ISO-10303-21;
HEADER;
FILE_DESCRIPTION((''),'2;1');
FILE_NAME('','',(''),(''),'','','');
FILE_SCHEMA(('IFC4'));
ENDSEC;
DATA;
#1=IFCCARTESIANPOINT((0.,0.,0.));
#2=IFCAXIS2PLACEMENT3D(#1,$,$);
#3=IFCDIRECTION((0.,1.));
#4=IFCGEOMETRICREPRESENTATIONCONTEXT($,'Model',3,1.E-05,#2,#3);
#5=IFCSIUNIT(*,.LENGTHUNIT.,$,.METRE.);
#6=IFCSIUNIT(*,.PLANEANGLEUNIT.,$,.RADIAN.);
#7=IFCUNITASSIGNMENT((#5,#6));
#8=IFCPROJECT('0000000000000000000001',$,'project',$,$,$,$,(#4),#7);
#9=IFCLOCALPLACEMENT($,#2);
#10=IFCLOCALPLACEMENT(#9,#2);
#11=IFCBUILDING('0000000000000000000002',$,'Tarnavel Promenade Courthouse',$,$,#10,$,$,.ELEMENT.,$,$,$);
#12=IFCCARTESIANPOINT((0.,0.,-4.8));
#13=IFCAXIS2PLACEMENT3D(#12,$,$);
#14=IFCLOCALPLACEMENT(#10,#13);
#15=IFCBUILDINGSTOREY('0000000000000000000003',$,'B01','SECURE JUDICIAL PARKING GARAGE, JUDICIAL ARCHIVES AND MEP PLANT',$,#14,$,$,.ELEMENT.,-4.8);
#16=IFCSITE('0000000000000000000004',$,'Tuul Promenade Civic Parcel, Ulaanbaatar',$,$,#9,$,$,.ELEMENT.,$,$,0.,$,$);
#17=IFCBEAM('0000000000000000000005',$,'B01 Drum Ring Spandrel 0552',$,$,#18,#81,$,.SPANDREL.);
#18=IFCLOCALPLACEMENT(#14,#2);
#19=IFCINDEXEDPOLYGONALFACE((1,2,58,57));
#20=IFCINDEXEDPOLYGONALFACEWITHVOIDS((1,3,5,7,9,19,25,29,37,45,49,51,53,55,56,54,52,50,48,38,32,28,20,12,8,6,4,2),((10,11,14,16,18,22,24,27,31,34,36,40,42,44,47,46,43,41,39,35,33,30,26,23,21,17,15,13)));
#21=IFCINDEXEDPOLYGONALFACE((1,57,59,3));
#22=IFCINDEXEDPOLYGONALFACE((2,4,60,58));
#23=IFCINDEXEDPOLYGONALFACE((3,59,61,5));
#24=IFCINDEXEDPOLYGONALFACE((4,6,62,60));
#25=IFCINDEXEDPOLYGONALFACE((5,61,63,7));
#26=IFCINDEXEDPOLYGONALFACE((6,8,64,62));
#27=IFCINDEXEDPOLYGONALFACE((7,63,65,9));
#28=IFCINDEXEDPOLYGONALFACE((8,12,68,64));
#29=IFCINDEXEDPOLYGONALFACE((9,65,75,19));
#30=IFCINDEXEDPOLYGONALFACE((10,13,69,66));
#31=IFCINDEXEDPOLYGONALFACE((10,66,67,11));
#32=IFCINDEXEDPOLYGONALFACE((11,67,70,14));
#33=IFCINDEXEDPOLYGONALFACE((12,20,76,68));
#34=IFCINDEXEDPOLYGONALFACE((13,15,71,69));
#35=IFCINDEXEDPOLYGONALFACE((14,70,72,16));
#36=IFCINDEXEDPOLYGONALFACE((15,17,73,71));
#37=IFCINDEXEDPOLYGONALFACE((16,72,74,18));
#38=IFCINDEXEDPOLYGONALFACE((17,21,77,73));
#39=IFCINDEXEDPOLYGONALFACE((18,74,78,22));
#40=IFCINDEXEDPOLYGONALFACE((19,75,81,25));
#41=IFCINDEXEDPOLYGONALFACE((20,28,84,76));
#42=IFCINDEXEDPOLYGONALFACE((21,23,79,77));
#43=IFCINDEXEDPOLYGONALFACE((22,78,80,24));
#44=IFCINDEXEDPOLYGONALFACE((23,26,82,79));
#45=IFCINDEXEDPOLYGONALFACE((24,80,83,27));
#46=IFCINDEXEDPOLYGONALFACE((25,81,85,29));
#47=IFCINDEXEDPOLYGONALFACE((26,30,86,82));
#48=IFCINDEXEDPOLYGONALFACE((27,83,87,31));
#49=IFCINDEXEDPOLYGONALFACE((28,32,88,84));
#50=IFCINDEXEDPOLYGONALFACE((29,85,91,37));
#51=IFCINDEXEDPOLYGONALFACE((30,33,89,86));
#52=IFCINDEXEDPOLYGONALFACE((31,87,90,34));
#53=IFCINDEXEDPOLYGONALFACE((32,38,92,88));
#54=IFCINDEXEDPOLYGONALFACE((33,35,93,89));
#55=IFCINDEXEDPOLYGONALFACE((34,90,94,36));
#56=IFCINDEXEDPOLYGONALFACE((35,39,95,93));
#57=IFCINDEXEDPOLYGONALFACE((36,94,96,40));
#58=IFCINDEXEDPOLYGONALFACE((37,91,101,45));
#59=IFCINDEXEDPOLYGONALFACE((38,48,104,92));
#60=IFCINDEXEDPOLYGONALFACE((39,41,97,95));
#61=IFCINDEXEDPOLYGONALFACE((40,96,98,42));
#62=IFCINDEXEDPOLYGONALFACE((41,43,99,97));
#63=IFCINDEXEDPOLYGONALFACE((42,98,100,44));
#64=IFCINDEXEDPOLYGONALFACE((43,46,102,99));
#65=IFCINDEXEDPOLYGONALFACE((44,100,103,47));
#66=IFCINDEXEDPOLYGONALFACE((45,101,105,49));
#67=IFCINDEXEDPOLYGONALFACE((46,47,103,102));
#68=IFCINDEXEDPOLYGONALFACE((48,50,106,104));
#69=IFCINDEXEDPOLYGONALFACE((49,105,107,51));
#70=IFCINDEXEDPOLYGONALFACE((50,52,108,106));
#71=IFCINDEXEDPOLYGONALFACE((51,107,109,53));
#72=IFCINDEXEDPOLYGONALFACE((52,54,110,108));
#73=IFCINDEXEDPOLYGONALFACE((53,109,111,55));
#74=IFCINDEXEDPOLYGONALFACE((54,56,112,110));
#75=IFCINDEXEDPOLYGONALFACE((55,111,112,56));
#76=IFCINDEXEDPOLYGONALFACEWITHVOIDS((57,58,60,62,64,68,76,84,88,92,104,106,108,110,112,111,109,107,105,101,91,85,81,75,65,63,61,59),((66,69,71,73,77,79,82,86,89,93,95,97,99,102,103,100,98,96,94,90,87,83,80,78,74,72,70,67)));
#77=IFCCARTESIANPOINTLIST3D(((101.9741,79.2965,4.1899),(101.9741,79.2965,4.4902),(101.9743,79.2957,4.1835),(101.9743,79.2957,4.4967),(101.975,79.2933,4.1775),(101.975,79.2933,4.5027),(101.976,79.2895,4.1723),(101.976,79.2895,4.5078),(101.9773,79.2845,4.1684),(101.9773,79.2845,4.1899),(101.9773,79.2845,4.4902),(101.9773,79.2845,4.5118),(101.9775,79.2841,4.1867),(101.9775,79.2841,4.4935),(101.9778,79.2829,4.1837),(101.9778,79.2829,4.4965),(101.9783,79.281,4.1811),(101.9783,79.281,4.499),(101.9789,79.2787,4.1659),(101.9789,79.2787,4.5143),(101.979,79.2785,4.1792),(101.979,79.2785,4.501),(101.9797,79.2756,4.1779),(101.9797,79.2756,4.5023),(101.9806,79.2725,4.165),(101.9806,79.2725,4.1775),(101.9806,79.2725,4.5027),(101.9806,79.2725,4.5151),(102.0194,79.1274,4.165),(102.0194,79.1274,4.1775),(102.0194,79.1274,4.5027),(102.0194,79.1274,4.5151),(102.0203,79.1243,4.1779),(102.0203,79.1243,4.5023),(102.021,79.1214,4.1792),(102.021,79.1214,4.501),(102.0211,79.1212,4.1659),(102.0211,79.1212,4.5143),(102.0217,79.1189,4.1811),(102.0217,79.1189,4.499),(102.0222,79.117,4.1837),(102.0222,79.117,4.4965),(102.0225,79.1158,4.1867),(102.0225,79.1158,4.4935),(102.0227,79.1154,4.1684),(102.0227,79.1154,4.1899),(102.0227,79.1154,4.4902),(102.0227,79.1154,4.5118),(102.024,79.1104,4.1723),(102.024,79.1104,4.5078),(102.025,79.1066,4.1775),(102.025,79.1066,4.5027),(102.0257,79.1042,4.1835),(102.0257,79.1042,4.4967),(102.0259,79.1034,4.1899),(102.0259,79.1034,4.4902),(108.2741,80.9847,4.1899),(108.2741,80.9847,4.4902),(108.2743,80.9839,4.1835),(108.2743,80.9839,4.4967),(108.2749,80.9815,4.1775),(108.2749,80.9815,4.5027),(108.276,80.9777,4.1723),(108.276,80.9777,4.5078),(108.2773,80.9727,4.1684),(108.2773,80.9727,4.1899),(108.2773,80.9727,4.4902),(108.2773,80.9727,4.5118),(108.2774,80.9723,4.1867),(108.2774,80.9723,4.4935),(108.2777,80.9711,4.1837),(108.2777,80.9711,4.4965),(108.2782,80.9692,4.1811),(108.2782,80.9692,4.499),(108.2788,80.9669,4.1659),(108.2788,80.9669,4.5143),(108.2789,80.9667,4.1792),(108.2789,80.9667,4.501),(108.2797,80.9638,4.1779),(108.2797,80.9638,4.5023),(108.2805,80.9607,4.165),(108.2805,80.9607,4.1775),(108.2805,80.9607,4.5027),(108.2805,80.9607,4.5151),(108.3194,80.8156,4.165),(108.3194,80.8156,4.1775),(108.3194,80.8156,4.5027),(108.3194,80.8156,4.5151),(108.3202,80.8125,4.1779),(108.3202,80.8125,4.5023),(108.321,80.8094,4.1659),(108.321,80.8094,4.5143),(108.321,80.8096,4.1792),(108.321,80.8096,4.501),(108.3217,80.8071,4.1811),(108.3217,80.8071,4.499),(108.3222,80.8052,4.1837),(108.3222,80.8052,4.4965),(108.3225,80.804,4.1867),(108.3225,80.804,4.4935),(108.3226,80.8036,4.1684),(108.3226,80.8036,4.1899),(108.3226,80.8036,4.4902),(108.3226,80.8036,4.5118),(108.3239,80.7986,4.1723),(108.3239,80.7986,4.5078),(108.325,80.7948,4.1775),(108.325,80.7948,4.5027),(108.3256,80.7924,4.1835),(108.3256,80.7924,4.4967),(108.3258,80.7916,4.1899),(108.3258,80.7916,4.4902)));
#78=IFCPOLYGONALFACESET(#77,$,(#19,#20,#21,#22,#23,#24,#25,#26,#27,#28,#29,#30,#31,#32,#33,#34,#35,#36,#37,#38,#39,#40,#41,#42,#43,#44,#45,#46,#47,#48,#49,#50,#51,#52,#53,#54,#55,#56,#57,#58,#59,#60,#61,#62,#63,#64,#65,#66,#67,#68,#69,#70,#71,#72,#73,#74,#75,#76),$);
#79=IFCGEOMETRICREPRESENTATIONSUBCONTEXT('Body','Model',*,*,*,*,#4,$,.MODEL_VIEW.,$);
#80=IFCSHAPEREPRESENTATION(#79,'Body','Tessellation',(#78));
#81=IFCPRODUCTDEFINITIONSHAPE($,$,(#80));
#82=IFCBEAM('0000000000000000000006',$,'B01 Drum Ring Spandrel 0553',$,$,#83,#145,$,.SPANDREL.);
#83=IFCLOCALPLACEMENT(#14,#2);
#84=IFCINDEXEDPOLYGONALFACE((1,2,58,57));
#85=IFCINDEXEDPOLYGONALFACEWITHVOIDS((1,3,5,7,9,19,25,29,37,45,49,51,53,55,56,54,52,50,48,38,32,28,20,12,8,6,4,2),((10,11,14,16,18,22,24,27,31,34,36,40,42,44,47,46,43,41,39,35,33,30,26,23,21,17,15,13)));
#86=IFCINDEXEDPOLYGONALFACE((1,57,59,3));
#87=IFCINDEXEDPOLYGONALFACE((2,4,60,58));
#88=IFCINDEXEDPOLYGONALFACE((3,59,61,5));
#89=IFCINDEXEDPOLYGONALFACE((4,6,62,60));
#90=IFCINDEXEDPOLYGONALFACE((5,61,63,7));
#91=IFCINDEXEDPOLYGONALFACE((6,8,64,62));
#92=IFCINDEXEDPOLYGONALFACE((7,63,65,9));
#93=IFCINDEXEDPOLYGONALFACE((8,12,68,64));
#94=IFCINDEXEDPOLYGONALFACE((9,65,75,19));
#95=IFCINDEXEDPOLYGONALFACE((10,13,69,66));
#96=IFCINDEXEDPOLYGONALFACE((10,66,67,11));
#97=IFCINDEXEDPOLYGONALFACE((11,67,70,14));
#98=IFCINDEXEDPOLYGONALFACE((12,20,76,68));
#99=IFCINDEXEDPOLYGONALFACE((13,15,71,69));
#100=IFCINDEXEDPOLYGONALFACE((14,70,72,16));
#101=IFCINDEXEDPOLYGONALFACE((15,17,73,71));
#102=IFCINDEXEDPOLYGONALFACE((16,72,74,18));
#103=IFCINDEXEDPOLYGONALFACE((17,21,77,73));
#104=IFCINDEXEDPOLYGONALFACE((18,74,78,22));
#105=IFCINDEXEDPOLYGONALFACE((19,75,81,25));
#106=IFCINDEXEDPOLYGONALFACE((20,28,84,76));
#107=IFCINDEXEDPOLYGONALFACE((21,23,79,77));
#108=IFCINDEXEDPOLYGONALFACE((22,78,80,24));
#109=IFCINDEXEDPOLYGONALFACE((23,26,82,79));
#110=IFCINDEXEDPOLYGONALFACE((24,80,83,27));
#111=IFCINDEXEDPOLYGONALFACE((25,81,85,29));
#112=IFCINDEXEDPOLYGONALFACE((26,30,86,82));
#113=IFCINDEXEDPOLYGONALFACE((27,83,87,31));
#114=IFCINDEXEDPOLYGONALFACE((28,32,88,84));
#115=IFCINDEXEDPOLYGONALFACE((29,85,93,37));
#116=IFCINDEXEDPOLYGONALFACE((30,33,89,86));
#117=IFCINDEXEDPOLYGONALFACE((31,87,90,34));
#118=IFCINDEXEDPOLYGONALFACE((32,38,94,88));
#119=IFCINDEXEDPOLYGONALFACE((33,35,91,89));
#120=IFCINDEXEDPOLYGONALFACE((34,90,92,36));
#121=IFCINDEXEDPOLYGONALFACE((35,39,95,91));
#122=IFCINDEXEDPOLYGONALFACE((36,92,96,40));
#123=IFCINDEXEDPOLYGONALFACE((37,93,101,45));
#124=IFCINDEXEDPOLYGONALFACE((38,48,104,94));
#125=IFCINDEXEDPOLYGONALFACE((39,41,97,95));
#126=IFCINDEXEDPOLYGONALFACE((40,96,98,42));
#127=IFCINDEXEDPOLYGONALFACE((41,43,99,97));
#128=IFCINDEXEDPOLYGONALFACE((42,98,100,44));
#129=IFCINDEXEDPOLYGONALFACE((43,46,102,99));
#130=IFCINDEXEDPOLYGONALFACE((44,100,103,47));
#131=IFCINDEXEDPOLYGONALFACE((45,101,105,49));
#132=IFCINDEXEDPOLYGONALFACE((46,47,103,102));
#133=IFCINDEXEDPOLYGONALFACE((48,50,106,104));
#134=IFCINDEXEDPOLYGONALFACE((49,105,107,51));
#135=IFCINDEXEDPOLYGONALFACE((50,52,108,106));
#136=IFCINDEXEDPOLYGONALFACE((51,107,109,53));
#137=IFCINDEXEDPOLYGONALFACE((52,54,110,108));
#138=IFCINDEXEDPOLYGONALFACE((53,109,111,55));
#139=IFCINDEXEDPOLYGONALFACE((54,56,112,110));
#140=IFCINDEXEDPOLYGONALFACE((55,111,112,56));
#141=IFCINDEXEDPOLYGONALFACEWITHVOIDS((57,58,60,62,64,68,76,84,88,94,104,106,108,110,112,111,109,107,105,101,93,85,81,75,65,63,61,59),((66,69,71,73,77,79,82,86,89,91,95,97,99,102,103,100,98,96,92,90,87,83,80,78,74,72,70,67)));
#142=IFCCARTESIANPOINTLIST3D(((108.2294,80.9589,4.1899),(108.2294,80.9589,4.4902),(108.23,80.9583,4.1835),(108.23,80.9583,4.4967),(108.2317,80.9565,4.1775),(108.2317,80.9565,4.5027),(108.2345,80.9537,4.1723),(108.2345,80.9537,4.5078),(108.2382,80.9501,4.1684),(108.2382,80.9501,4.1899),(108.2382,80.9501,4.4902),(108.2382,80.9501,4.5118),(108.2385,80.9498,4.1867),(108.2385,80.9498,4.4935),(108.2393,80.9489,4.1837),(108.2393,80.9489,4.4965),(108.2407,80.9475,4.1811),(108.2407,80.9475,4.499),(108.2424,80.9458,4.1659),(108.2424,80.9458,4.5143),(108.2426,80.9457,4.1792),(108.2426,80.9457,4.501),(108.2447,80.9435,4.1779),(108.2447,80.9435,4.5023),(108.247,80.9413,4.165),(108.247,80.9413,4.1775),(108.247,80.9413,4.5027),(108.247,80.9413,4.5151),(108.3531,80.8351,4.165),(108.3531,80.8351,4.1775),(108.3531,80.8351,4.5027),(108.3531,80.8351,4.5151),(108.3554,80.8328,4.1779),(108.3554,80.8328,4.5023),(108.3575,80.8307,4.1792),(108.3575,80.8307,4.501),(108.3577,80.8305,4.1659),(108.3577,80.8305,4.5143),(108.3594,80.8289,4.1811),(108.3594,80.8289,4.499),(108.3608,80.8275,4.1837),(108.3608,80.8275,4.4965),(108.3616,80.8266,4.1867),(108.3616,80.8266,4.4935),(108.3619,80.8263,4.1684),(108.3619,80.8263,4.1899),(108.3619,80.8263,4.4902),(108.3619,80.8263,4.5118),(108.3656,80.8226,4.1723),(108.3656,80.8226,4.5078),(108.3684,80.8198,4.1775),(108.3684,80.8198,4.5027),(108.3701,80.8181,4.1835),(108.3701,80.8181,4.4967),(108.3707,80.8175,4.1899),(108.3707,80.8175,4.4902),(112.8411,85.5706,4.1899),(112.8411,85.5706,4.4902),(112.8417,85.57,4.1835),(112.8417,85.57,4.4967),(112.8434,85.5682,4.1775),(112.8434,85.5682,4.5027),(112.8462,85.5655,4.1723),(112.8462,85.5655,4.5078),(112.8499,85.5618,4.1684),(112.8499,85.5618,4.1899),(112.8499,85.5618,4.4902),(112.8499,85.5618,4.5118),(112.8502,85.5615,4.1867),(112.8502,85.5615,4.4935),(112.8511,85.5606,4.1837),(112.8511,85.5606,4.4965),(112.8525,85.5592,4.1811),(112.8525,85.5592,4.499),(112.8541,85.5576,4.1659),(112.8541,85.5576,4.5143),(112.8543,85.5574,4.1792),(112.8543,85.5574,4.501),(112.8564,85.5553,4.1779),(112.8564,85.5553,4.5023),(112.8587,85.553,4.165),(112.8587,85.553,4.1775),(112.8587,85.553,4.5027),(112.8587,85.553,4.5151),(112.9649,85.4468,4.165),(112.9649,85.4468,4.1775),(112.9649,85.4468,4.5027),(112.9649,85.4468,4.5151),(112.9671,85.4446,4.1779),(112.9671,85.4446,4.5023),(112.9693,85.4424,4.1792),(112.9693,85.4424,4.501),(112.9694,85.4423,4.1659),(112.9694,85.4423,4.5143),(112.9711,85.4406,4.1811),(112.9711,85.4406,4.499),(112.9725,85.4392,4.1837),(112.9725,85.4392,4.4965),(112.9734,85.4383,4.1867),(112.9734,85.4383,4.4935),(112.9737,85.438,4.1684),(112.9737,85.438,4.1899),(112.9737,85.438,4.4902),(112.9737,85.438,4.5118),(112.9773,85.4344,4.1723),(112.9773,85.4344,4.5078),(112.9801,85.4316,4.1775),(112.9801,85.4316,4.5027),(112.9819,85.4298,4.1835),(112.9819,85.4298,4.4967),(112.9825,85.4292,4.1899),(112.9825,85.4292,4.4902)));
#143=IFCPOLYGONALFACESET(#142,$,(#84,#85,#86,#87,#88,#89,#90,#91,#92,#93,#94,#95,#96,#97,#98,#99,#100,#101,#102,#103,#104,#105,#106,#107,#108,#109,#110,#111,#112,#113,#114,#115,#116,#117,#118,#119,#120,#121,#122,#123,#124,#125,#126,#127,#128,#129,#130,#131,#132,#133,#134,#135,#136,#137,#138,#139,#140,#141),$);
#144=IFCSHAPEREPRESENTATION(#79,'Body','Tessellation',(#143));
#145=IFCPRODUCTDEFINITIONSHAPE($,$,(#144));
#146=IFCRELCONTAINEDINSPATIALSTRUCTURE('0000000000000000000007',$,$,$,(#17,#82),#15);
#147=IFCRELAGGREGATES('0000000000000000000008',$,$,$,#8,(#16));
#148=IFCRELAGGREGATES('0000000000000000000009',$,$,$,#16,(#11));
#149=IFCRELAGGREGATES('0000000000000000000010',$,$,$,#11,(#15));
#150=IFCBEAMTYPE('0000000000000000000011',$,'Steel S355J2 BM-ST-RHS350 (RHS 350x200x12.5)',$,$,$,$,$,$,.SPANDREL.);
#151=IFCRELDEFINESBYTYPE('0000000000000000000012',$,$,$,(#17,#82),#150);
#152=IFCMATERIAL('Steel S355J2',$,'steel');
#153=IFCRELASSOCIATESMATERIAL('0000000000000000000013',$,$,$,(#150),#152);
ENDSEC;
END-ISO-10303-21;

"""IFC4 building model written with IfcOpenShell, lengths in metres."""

from ifc_helpers import new_model, si_unit, direction, frame, origin, origin_2d, place, context, subcontext, project, spatial, hollow_rectangle, extrude, material, material_profile, profile_set, type_object, element, save


model = new_model("IFC4")

# Units and contexts
model_context = context("Model", 3, precision=1e-05, world=origin(), true_north=direction((0.0, 1.0)))
body_context = subcontext(model_context, "Body", "Model", "MODEL_VIEW")
ifc_project = project(units=[si_unit("LENGTHUNIT", "METRE"), si_unit("PLANEANGLEUNIT", "RADIAN")], contexts=[model_context])

# Site, building, storey
site_placement = place(None, origin())
site = spatial("IfcSite", under=ifc_project, at=site_placement, Name="Tuul Promenade Civic Parcel, Ulaanbaatar", CompositionType="ELEMENT", RefElevation=0.0)
building_placement = place(site_placement, origin())
building = spatial("IfcBuilding", under=site, at=building_placement, Name="Tarnavel Promenade Courthouse", CompositionType="ELEMENT")
storey_placement = place(building_placement, frame((0.0, 0.0, -4.8)))
storey = spatial("IfcBuildingStorey", under=building, at=storey_placement, Name="B01", Description="SECURE JUDICIAL PARKING GARAGE, JUDICIAL ARCHIVES AND MEP PLANT", CompositionType="ELEMENT", Elevation=-4.8)

# Beams
ifc_material_1 = material(Name="Steel S355J2", Category="steel")
ifc_material_profile_1 = material_profile(ifc_material_1, hollow_rectangle(XDim=0.2, YDim=0.3501, WallThickness=0.0125, InnerFilletRadius=0.0125, OuterFilletRadius=0.0249, at=origin_2d()), Name="RHS 350x200x12.5")
ifc_profile_set_1 = profile_set([ifc_material_profile_1], Name="Steel S355J2")
beam_type_1 = type_object("IfcBeamType", Name="Steel S355J2 BM-ST-RHS350 (RHS 350x200x12.5)", PredefinedType="SPANDREL", material=ifc_profile_set_1)
beam_1_placement = place(storey_placement, frame((102.0, 79.2, 4.3401), z_axis=(0.96592, 0.258839, 0.0), x_axis=(-0.258839, 0.96592, 0.0)))
element("IfcBeam", 1, at=beam_1_placement, inside=storey, type_object=beam_type_1, Name="B01 Drum Ring Spandrel 0552", PredefinedType="SPANDREL", context=body_context, shape_type="SweptSolid", body=[
    extrude(hollow_rectangle(XDim=0.2, YDim=0.3501, WallThickness=0.0125, InnerFilletRadius=0.0125, OuterFilletRadius=0.0249, at=origin_2d()), origin(), (0.0, 0.0, 1.0), 6.5222),
])
beam_2_placement = place(storey_placement, frame((108.3, 80.8882, 4.3401), z_axis=(0.707107, 0.707107, 0.0), x_axis=(-0.707107, 0.707107, 0.0)))
element("IfcBeam", 2, at=beam_2_placement, inside=storey, type_object=beam_type_1, Name="B01 Drum Ring Spandrel 0553", PredefinedType="SPANDREL", context=body_context, shape_type="SweptSolid", body=[
    extrude(hollow_rectangle(XDim=0.2, YDim=0.3501, WallThickness=0.0125, InnerFilletRadius=0.0125, OuterFilletRadius=0.0249, at=origin_2d()), origin(), (0.0, 0.0, 1.0), 6.522),
])

save(model, "model.ifc")
